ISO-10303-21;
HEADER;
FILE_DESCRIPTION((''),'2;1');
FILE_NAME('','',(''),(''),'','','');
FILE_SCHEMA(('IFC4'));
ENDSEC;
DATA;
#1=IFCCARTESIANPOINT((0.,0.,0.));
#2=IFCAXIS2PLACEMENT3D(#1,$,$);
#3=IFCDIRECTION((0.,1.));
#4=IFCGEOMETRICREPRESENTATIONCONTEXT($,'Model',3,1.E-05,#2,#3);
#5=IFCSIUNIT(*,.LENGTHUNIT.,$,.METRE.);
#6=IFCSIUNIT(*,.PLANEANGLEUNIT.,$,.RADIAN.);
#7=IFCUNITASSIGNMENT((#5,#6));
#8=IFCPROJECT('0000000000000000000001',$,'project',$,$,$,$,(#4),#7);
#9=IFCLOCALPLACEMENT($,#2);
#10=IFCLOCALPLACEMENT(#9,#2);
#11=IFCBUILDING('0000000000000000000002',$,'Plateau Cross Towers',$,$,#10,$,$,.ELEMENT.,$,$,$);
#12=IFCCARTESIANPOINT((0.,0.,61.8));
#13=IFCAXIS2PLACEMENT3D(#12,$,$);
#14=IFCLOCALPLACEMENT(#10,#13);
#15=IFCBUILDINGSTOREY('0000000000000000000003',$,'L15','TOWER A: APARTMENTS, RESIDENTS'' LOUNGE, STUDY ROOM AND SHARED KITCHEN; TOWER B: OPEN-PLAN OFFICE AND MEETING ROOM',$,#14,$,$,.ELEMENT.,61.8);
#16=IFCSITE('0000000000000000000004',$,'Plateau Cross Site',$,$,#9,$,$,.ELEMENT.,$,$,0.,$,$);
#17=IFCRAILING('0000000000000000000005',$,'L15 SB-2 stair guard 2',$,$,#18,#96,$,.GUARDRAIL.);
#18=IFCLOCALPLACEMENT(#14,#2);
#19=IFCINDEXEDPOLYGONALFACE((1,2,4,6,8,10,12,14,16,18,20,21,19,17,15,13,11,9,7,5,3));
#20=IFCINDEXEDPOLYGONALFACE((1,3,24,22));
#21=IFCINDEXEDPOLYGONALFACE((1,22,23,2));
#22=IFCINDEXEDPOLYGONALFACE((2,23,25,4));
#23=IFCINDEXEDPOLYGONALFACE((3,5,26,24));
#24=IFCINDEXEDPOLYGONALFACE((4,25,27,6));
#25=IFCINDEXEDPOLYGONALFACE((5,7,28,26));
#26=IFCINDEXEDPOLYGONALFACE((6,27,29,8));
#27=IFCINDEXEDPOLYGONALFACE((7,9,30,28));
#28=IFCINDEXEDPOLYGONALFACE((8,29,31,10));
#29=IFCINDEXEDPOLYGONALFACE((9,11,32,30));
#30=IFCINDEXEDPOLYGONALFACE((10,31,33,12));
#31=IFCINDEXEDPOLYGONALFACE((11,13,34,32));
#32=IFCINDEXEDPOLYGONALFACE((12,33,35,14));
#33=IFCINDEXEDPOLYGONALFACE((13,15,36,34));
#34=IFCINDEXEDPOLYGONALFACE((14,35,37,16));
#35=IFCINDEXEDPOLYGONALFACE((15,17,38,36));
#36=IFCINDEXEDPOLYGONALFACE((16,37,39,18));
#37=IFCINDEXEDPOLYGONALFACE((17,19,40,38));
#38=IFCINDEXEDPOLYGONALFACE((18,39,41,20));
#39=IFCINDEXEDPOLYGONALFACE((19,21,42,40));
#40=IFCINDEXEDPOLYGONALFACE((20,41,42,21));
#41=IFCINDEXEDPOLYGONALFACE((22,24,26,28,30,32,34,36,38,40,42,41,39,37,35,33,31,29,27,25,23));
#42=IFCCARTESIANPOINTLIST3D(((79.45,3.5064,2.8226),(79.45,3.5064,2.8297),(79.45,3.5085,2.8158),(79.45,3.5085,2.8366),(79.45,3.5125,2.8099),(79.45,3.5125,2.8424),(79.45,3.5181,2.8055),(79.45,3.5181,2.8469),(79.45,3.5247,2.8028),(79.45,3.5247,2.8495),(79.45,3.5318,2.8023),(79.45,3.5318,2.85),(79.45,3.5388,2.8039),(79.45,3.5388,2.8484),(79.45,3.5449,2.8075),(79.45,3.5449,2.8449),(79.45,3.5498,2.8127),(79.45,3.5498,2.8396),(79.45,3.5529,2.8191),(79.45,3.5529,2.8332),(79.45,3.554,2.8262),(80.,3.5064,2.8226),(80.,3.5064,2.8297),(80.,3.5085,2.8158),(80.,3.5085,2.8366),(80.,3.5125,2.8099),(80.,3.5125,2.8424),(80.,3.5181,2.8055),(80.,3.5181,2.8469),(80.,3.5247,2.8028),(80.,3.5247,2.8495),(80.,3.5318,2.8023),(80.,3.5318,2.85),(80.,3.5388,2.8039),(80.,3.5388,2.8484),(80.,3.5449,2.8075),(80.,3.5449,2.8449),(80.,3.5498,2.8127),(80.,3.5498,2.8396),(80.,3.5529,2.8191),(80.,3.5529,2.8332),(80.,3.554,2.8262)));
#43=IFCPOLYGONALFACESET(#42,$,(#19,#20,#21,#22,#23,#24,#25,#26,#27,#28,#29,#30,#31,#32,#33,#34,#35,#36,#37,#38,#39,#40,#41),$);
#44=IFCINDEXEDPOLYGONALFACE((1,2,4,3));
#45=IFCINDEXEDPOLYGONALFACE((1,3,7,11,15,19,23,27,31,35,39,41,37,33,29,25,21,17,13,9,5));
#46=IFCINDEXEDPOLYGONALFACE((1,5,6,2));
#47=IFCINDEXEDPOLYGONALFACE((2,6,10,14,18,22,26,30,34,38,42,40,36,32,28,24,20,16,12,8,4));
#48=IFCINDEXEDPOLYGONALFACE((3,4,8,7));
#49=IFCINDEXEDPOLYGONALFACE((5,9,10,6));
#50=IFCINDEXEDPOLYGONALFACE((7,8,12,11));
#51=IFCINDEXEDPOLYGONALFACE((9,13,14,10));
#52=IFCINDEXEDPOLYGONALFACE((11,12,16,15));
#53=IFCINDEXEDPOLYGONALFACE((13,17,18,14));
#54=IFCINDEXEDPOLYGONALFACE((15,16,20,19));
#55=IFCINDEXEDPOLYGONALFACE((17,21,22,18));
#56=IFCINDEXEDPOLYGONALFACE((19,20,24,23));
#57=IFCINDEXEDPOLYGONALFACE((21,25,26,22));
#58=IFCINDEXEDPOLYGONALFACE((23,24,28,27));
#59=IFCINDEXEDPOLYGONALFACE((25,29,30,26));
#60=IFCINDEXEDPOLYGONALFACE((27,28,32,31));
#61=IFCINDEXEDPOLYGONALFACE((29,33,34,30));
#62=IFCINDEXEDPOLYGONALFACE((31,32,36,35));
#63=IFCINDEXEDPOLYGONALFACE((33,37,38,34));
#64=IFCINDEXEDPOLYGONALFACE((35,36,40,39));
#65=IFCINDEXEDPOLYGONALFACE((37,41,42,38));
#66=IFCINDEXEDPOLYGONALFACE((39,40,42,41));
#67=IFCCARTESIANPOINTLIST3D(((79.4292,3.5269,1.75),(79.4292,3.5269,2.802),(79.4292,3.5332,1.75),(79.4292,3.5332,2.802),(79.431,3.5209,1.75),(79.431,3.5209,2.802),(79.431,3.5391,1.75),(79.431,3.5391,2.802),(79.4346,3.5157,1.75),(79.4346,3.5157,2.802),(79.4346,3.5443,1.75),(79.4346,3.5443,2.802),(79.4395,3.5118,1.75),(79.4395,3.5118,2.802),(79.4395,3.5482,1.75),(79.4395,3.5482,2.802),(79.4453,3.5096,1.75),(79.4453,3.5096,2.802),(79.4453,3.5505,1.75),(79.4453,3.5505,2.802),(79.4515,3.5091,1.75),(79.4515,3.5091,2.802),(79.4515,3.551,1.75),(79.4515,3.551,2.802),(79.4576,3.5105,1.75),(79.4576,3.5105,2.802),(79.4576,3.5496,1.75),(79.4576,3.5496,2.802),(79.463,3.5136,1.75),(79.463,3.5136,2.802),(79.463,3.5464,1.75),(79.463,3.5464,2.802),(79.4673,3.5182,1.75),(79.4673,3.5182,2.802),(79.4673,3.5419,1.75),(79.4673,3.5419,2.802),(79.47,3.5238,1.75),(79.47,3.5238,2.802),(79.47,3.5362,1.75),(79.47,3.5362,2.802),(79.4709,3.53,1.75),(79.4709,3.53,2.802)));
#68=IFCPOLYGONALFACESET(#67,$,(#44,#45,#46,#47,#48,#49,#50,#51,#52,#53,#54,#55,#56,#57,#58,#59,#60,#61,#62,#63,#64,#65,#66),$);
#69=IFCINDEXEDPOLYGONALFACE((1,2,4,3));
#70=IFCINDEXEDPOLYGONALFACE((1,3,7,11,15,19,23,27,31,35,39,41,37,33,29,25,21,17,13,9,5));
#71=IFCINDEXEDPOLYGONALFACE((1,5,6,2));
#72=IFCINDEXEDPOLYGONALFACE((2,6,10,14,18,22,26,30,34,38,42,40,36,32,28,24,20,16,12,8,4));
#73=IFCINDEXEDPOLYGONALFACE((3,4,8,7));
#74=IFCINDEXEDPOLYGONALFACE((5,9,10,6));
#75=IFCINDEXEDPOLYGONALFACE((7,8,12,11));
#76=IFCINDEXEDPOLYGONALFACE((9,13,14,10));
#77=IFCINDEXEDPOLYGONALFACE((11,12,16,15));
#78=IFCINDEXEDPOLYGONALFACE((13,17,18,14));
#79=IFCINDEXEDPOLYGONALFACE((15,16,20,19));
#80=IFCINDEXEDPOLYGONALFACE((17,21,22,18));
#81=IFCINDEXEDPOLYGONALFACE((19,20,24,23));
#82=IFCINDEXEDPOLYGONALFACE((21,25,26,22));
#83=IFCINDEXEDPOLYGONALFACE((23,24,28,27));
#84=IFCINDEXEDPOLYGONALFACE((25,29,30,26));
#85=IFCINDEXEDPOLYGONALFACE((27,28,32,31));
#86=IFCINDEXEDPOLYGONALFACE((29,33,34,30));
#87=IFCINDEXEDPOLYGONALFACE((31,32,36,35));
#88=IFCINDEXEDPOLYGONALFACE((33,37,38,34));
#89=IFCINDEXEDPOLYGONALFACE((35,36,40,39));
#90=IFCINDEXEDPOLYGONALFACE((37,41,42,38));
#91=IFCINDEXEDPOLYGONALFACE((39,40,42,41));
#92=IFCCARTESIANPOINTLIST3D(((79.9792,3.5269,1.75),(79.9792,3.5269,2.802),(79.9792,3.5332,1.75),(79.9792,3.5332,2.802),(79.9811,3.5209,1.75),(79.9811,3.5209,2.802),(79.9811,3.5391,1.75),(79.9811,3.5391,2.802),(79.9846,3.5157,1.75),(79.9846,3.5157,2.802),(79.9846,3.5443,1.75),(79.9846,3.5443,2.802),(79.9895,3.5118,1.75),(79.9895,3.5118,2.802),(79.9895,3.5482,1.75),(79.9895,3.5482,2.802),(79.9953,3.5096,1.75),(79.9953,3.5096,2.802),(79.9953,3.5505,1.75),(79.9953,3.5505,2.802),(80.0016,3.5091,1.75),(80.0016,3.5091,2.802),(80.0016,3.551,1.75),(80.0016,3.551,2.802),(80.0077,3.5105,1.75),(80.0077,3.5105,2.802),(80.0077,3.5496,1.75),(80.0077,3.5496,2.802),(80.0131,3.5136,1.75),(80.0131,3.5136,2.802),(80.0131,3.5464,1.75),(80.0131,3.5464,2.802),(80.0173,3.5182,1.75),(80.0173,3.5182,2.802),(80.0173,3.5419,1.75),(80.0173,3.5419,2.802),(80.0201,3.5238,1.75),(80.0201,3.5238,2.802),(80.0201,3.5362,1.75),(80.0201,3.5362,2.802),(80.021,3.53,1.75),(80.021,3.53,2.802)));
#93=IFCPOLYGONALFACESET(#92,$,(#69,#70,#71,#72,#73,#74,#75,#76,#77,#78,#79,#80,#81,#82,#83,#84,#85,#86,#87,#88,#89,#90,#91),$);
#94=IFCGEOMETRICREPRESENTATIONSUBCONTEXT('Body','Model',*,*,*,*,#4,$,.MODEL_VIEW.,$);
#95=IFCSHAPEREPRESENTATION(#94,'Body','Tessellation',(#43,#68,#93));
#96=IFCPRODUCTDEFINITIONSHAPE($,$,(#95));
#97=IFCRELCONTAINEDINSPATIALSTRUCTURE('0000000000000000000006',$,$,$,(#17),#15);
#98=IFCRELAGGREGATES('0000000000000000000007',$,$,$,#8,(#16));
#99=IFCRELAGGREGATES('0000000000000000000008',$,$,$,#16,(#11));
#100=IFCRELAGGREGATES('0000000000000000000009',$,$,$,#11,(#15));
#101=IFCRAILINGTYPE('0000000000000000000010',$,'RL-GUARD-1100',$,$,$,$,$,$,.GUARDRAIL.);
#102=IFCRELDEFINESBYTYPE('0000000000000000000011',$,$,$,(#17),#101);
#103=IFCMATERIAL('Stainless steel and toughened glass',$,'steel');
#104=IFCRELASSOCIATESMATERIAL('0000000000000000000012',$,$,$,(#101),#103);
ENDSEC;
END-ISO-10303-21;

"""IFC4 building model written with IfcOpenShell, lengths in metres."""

from ifc_helpers import new_model, si_unit, direction, frame, origin, origin_2d, place, context, subcontext, project, spatial, circle, extrude, material, type_object, element, save


model = new_model("IFC4")

# Units and contexts
model_context = context("Model", 3, precision=1e-05, world=origin(), true_north=direction((0.0, 1.0)))
body_context = subcontext(model_context, "Body", "Model", "MODEL_VIEW")
ifc_project = project(units=[si_unit("LENGTHUNIT", "METRE"), si_unit("PLANEANGLEUNIT", "RADIAN")], contexts=[model_context])

# Site, building, storey
site_placement = place(None, origin())
site = spatial("IfcSite", under=ifc_project, at=site_placement, Name="Plateau Cross Site", CompositionType="ELEMENT", RefElevation=0.0)
building_placement = place(site_placement, origin())
building = spatial("IfcBuilding", under=site, at=building_placement, Name="Plateau Cross Towers", CompositionType="ELEMENT")
storey_placement = place(building_placement, frame((0.0, 0.0, 61.8)))
storey = spatial("IfcBuildingStorey", under=building, at=storey_placement, Name="L15", Description="TOWER A: APARTMENTS, RESIDENTS' LOUNGE, STUDY ROOM AND SHARED KITCHEN; TOWER B: OPEN-PLAN OFFICE AND MEETING ROOM", CompositionType="ELEMENT", Elevation=61.8)

# Railing
ifc_material_1 = material(Name="Stainless steel and toughened glass", Category="steel")
railing_type_1 = type_object("IfcRailingType", Name="RL-GUARD-1100", PredefinedType="GUARDRAIL", material=ifc_material_1)
railing_1_placement = place(storey_placement, frame((79.45, 3.53, 1.75)))
element("IfcRailing", 1, at=railing_1_placement, inside=storey, type_object=railing_type_1, Name="L15 SB-2 stair guard 2", PredefinedType="GUARDRAIL", context=body_context, shape_type="SweptSolid", body=[
    extrude(circle(Radius=0.0239, at=origin_2d()), frame((0.0, 0.0, 1.0762), z_axis=(1.0, 0.0, 0.0), x_axis=(0.0, 1.0, 0.0)), (0.0, 0.0, 1.0), 0.55),
    extrude(circle(Radius=0.021, at=origin_2d()), origin(), (0.0, 0.0, 1.0), 1.052),
    extrude(circle(Radius=0.021, at=origin_2d()), frame((0.55, 0.0, 0.0)), (0.0, 0.0, 1.0), 1.052),
])

save(model, "model.ifc")
